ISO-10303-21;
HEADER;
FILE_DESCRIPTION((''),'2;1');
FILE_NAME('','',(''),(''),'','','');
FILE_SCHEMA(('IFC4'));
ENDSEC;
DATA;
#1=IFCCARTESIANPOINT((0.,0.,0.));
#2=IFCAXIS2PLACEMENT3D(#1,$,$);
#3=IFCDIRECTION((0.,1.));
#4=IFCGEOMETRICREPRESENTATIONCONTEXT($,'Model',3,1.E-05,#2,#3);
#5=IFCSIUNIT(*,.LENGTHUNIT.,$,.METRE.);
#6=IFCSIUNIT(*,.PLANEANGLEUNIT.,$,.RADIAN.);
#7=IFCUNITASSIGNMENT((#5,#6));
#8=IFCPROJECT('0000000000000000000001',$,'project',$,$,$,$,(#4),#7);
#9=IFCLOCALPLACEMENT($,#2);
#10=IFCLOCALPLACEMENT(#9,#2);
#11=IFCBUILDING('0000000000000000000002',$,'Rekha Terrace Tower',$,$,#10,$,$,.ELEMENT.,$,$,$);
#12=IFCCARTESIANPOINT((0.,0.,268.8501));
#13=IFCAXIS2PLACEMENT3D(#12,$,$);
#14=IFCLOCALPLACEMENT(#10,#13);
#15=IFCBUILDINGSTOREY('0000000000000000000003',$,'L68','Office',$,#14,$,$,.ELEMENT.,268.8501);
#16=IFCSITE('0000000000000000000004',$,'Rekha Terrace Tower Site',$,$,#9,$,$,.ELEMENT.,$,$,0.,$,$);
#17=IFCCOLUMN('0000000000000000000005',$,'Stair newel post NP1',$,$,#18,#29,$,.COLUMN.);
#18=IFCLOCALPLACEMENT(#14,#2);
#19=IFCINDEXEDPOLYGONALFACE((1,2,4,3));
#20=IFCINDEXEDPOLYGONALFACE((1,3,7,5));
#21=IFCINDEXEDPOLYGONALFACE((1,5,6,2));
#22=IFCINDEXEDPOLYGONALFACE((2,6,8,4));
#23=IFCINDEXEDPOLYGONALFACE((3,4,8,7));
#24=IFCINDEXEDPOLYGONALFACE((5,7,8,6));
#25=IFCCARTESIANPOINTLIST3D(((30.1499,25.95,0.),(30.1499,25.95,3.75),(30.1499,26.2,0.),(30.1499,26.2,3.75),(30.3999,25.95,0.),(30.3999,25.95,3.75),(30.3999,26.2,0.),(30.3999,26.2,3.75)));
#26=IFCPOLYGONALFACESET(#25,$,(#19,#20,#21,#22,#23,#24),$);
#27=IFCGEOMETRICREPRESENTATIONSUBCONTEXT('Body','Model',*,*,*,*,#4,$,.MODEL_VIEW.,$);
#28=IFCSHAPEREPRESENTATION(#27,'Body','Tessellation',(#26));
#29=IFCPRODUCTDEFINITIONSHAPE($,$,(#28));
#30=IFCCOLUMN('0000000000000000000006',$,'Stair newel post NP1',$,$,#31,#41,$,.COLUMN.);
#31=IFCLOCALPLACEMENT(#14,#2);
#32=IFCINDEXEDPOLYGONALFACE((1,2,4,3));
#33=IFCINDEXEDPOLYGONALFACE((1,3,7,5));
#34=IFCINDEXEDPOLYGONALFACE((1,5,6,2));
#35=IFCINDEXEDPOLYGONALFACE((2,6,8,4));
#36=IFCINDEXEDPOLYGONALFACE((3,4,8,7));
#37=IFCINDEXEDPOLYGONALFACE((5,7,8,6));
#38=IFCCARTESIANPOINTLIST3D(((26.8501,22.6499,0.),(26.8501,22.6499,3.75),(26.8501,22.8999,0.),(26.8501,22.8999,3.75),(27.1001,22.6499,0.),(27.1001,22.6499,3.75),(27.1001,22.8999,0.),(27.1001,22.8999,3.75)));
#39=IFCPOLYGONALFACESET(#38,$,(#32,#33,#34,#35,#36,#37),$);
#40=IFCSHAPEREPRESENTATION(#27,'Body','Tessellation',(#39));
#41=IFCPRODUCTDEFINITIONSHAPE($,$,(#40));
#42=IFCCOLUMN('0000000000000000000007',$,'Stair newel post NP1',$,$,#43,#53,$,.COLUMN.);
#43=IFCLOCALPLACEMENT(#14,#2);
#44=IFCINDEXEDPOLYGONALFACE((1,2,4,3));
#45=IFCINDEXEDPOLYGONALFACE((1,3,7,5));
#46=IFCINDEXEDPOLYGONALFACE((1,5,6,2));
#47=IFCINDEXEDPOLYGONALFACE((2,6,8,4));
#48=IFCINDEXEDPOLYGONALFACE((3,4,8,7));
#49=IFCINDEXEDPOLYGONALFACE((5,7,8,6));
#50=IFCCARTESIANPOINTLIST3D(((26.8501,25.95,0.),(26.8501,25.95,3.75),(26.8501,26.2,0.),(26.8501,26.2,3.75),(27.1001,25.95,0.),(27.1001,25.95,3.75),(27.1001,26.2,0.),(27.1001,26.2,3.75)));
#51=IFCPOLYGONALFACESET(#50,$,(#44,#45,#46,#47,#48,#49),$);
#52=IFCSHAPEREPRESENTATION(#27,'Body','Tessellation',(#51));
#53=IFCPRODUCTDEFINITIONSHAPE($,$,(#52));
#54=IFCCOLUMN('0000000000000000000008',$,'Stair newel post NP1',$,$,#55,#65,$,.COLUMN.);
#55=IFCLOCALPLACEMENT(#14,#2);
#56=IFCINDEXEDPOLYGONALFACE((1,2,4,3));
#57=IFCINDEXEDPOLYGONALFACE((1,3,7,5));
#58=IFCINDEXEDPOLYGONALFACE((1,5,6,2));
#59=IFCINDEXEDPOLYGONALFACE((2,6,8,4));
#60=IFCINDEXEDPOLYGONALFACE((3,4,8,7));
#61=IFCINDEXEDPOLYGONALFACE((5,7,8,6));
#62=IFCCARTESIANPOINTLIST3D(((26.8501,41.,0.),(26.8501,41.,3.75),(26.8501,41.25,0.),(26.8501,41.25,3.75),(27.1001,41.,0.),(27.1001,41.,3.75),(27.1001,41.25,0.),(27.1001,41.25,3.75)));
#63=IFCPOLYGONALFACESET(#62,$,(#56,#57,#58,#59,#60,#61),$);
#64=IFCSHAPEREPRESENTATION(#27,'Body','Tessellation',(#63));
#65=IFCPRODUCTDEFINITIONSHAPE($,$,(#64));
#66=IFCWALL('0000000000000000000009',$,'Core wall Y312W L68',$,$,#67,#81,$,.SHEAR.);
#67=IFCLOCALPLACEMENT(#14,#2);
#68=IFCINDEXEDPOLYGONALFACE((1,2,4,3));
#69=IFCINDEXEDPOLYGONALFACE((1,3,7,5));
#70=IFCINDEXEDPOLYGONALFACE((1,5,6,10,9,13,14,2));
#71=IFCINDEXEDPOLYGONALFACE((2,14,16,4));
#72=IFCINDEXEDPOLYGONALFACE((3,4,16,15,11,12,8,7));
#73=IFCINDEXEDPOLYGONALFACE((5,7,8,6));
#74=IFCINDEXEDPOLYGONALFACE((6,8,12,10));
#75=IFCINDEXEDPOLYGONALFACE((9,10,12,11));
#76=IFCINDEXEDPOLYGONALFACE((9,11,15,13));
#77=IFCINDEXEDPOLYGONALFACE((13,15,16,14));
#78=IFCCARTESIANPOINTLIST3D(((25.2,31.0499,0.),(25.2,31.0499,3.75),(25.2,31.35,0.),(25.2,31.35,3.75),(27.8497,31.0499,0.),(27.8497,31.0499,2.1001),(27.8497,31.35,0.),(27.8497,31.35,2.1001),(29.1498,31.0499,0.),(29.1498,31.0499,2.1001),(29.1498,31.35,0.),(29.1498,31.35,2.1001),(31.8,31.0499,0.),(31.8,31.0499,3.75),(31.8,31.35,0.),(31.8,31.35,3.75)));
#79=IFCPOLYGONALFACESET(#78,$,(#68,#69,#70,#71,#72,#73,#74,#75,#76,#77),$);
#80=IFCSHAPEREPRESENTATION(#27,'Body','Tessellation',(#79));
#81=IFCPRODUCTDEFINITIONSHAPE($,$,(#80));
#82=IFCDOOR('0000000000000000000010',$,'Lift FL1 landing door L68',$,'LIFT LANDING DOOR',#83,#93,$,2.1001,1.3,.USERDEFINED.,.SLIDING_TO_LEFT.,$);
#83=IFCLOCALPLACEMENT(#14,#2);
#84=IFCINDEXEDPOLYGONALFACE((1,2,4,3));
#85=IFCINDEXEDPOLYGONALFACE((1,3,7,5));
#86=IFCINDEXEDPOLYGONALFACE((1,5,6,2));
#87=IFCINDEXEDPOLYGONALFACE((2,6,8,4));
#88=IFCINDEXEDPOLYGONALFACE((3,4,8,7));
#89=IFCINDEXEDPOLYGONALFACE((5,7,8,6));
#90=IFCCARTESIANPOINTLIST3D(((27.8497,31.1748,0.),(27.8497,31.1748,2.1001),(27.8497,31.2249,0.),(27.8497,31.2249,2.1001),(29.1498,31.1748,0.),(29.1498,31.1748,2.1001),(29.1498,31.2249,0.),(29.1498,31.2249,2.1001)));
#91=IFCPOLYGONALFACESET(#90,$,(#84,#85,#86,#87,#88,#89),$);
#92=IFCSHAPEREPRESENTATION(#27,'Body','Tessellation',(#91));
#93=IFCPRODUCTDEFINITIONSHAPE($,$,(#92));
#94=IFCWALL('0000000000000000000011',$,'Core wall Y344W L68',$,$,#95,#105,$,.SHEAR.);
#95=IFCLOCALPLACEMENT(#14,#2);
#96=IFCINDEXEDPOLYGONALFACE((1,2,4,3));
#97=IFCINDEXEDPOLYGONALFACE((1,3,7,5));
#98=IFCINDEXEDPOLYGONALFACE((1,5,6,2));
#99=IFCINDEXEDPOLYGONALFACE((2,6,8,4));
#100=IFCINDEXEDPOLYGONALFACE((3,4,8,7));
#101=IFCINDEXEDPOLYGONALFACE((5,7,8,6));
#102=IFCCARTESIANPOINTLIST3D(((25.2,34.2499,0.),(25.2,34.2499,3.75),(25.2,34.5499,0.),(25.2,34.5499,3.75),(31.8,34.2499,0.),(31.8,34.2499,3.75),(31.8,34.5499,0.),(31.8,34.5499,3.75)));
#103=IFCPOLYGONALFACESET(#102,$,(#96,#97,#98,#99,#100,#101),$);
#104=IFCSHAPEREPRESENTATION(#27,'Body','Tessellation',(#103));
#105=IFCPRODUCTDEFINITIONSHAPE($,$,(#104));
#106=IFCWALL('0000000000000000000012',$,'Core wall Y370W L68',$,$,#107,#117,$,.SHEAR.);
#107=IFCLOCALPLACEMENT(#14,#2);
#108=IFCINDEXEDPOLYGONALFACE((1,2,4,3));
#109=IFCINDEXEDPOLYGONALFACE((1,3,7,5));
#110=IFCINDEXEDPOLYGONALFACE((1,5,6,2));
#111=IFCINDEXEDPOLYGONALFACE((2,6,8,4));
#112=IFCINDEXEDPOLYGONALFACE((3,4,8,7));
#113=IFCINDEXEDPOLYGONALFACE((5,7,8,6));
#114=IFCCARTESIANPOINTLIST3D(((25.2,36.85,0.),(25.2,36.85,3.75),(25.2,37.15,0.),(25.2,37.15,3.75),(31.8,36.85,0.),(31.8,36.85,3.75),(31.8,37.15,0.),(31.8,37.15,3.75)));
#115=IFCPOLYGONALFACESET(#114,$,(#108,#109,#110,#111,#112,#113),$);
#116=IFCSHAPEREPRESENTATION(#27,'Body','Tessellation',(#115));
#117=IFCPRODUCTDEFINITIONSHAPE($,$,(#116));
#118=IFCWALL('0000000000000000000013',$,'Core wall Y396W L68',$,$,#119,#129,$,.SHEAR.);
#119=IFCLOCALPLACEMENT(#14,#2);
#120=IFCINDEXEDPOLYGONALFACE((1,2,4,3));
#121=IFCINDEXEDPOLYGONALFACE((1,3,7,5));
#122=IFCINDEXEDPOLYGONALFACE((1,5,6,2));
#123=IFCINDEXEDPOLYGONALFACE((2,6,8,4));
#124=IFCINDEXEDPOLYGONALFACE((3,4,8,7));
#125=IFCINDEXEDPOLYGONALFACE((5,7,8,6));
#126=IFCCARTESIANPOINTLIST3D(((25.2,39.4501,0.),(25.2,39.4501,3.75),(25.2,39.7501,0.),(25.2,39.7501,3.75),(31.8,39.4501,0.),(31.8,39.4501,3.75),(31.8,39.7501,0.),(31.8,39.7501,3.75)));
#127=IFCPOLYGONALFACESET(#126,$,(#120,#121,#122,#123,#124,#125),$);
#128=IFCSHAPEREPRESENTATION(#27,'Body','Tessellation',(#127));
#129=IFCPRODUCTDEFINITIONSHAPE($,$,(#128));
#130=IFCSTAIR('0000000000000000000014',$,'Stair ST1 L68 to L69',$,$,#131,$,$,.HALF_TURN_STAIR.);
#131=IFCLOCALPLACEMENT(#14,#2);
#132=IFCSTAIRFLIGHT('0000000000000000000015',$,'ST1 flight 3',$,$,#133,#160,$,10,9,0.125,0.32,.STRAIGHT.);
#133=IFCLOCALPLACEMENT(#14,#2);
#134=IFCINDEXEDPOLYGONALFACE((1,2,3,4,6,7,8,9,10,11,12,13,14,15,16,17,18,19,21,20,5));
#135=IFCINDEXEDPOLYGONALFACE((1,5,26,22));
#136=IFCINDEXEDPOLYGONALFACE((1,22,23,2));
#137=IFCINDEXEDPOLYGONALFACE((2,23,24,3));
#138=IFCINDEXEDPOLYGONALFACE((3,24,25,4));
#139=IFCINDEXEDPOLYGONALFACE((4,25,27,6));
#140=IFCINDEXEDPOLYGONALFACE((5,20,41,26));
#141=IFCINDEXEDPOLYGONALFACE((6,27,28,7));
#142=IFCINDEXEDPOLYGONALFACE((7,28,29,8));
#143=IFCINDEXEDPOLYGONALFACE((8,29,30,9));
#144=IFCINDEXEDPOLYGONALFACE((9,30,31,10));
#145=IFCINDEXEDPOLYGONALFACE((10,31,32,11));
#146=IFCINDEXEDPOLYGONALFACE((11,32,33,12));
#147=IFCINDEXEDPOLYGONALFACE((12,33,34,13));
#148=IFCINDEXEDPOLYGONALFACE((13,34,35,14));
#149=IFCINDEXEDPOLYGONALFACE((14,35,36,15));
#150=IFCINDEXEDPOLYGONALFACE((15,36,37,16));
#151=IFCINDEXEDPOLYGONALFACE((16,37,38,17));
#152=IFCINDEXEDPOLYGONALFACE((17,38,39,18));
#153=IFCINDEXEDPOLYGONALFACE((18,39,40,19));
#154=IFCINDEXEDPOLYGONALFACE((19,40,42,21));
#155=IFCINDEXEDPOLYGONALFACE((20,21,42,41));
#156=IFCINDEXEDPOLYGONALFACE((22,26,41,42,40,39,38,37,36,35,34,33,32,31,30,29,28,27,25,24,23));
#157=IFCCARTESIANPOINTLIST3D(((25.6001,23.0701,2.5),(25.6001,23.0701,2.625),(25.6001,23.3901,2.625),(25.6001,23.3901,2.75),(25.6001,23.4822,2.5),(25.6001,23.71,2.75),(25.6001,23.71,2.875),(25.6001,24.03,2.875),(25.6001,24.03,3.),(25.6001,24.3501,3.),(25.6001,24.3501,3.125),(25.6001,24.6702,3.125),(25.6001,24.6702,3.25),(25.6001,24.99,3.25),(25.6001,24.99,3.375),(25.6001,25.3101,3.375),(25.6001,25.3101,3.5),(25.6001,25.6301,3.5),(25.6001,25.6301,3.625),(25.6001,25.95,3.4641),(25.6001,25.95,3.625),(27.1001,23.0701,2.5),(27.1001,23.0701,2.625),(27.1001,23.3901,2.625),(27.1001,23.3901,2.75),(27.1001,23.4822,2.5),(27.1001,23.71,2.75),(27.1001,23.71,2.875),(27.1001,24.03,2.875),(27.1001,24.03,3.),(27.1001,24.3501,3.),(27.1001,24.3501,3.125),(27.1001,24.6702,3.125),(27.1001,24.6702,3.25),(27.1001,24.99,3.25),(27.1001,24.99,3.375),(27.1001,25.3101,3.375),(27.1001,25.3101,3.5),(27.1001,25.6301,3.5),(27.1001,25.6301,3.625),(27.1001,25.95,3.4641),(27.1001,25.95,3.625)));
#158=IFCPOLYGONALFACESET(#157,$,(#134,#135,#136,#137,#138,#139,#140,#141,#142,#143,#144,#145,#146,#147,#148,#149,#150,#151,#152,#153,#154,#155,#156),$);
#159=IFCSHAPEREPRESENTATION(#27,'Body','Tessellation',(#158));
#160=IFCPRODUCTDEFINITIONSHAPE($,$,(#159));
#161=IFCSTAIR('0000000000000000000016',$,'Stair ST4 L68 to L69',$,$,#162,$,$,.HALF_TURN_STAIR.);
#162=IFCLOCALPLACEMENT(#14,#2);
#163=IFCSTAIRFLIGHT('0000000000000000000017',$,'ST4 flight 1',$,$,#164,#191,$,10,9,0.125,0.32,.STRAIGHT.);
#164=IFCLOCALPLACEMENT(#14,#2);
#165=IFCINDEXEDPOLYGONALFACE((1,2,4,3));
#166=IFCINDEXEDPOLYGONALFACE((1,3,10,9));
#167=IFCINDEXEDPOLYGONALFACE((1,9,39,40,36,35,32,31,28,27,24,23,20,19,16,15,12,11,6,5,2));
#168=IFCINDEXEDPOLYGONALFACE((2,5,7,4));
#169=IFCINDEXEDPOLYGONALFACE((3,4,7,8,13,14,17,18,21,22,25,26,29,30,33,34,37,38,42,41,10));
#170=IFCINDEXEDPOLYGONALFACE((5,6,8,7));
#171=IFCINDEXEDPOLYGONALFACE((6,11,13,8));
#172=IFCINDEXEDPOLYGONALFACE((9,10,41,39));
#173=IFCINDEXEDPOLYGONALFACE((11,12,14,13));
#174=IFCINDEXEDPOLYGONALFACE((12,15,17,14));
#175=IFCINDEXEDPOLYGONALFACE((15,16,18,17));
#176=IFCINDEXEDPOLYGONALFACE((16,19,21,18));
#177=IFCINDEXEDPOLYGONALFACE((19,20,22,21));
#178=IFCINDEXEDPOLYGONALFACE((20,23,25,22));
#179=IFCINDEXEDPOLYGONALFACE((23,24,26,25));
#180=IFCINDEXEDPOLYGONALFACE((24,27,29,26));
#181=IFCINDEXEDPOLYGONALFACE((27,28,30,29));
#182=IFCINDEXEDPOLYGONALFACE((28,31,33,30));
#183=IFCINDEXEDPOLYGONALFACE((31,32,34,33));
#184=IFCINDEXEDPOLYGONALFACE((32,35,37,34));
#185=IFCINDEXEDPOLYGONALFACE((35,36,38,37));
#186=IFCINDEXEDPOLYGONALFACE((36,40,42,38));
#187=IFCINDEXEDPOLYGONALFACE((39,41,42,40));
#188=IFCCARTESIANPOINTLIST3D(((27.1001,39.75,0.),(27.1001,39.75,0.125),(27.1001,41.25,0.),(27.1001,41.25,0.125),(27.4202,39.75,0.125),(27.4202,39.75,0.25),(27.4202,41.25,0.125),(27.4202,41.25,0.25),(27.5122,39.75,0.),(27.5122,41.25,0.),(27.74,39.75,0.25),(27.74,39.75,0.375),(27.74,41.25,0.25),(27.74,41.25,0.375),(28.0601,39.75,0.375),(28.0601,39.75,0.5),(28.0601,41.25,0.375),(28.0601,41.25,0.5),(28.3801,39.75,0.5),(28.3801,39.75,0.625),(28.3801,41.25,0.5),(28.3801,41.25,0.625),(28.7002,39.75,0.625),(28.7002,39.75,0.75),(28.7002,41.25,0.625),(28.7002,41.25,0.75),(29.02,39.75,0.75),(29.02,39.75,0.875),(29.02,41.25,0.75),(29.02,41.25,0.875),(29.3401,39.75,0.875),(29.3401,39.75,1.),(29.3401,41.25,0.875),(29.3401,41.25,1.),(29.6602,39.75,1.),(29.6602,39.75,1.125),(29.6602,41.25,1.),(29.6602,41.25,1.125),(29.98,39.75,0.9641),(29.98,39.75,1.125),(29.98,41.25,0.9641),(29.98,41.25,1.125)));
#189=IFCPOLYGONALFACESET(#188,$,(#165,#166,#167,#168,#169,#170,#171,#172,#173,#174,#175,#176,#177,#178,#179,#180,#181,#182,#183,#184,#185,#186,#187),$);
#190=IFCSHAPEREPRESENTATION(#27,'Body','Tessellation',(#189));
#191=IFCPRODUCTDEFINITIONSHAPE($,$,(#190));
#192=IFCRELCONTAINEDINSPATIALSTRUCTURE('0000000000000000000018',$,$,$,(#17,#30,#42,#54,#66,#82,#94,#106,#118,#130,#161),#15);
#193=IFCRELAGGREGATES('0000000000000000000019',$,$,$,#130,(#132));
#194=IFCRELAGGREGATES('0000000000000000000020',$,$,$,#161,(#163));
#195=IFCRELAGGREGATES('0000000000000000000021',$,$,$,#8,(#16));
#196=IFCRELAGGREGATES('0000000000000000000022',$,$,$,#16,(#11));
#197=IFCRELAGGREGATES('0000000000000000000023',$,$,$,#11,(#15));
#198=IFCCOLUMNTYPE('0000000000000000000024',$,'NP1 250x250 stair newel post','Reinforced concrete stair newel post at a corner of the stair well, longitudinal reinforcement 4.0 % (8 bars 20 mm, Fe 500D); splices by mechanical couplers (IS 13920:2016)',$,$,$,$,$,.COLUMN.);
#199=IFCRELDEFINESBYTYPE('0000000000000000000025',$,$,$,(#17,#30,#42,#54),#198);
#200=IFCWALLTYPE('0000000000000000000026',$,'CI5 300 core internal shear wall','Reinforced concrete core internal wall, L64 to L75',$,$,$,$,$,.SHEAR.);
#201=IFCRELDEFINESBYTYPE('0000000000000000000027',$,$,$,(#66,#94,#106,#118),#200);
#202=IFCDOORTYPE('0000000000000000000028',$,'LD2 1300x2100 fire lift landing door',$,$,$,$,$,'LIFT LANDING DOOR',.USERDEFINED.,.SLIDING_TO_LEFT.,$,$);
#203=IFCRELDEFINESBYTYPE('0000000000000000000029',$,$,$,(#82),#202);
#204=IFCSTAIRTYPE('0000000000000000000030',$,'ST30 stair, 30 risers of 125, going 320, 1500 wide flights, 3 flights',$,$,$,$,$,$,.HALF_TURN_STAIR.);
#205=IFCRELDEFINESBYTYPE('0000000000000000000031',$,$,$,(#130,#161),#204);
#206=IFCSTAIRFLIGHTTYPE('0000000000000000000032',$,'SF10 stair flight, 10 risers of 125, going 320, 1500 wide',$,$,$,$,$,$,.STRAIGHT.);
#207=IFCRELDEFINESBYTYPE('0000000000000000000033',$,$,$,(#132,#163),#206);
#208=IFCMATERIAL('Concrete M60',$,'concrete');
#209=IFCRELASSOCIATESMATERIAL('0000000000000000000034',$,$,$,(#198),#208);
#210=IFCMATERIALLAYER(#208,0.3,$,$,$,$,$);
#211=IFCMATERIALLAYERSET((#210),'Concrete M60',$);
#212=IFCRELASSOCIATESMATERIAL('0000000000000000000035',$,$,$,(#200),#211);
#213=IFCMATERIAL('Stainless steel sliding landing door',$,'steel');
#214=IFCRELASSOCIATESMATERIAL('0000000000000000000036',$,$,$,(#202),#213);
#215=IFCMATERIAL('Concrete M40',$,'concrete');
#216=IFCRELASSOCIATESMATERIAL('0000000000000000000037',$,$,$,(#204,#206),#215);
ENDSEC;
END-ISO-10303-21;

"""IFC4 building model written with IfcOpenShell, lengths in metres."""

from ifc_helpers import new_model, si_unit, direction, frame, frame_2d, origin, origin_2d, place, context, subcontext, project, spatial, polyline, rectangle, outline, extrude, material, layer, layer_set, material_profile, profile_set, type_object, element, fill, aggregate, save


model = new_model("IFC4")

# Units and contexts
model_context = context("Model", 3, precision=1e-05, world=origin(), true_north=direction((0.0, 1.0)))
body_context = subcontext(model_context, "Body", "Model", "MODEL_VIEW")
ifc_project = project(units=[si_unit("LENGTHUNIT", "METRE"), si_unit("PLANEANGLEUNIT", "RADIAN")], contexts=[model_context])

# Site, building, storey
site_placement = place(None, origin())
site = spatial("IfcSite", under=ifc_project, at=site_placement, Name="Rekha Terrace Tower Site", CompositionType="ELEMENT", RefElevation=0.0)
building_placement = place(site_placement, origin())
building = spatial("IfcBuilding", under=site, at=building_placement, Name="Rekha Terrace Tower", CompositionType="ELEMENT")
storey_placement = place(building_placement, frame((0.0, 0.0, 268.8501)))
storey = spatial("IfcBuildingStorey", under=building, at=storey_placement, Name="L68", Description="Office", CompositionType="ELEMENT", Elevation=268.8501)

# Columns
ifc_material_1 = material(Name="Concrete M60", Category="concrete")
ifc_material_profile = material_profile(ifc_material_1, rectangle(XDim=0.25, YDim=0.25, at=origin_2d()), Name="RC 250x250")
ifc_profile_set = profile_set([ifc_material_profile], Name="Concrete M60")
column_type = type_object("IfcColumnType", Name="NP1 250x250 stair newel post", Description="Reinforced concrete stair newel post at a corner of the stair well, longitudinal reinforcement 4.0 % (8 bars 20 mm, Fe 500D); splices by mechanical couplers (IS 13920:2016)", PredefinedType="COLUMN", material=ifc_profile_set)
for number, where, z_axis, x_axis, name in (
    (1, (30.2749, 26.075, 0.0), (0.0, 0.0, 1.0), (1.0, 0.0, 0.0), "Stair newel post NP1"),
    (2, (26.9751, 22.7749, 0.0), (0.0, 0.0, 1.0), (1.0, 0.0, 0.0), "Stair newel post NP1"),
    (3, (26.9751, 26.075, 0.0), (0.0, 0.0, 1.0), (1.0, 0.0, 0.0), "Stair newel post NP1"),
    (4, (26.9751, 41.125, 0.0), (0.0, 0.0, 1.0), (1.0, 0.0, 0.0), "Stair newel post NP1"),
):
    element("IfcColumn", number, at=place(storey_placement, frame(where, z_axis=z_axis, x_axis=x_axis)), inside=storey, type_object=column_type, Name=name, PredefinedType="COLUMN", context=body_context, shape_type="SweptSolid", body=[
        extrude(rectangle(XDim=0.25, YDim=0.25, at=origin_2d()), origin(), (0.0, 0.0, 1.0), 3.75),
    ])

# Wall, opening, door
ifc_layer = layer(ifc_material_1, 0.3)
ifc_layer_set = layer_set([ifc_layer], Name="Concrete M60")
wall_type = type_object("IfcWallType", Name="CI5 300 core internal shear wall", Description="Reinforced concrete core internal wall, L64 to L75", PredefinedType="SHEAR", material=ifc_layer_set)
wall_placement = place(storey_placement, frame((25.2, 31.2, 0.0), z_axis=(0.0, 0.0, 1.0), x_axis=(1.0, 0.0, 0.0)))
wall = element("IfcWall", 5, at=wall_placement, inside=storey, type_object=wall_type, Name="Core wall Y312W L68", PredefinedType="SHEAR", context=body_context, shape_type="SweptSolid", body=[
    extrude(rectangle(XDim=6.6001, YDim=0.3, at=frame_2d((3.3, 0.0))), origin(), (0.0, 0.0, 1.0), 3.75),
])
opening_placement = place(wall_placement, frame((2.6499, 0.0, 0.0)))
opening = element("IfcOpeningElement", 6, at=opening_placement, cuts=wall, PredefinedType="OPENING", context=body_context, shape_type="SweptSolid", body=[
    extrude(rectangle(XDim=1.3, YDim=2.1001, at=frame_2d((0.6499, 1.05))), frame((0.0, 0.1599, 0.0), z_axis=(0.0, -1.0, 0.0), x_axis=(1.0, 0.0, 0.0)), (0.0, 0.0, 1.0), 0.3201),
])
ifc_material_2 = material(Name="Stainless steel sliding landing door", Category="steel")
door_type = type_object("IfcDoorType", Name="LD2 1300x2100 fire lift landing door", ElementType="LIFT LANDING DOOR", OperationType="SLIDING_TO_LEFT", PredefinedType="USERDEFINED", material=ifc_material_2)
door_placement = place(opening_placement, origin())
door = element("IfcDoor", 7, at=door_placement, inside=storey, type_object=door_type, Name="Lift FL1 landing door L68", ObjectType="LIFT LANDING DOOR", OperationType="SLIDING_TO_LEFT", OverallHeight=2.1001, OverallWidth=1.3, PredefinedType="USERDEFINED", context=body_context, shape_type="SweptSolid", body=[
    extrude(rectangle(XDim=1.3, YDim=2.1001, at=frame_2d((0.6499, 1.05))), frame((0.0, 0.0249, 0.0), z_axis=(0.0, -1.0, 0.0), x_axis=(1.0, 0.0, 0.0)), (0.0, 0.0, 1.0), 0.05),
])
fill(opening, door)

# Walls
for number, where, z_axis, x_axis, name in (
    (8, (25.2, 34.3999, 0.0), (0.0, 0.0, 1.0), (1.0, 0.0, 0.0), "Core wall Y344W L68"),
    (9, (25.2, 37.0, 0.0), (0.0, 0.0, 1.0), (1.0, 0.0, 0.0), "Core wall Y370W L68"),
    (10, (25.2, 39.6001, 0.0), (0.0, 0.0, 1.0), (1.0, 0.0, 0.0), "Core wall Y396W L68"),
):
    element("IfcWall", number, at=place(storey_placement, frame(where, z_axis=z_axis, x_axis=x_axis)), inside=storey, type_object=wall_type, Name=name, PredefinedType="SHEAR", context=body_context, shape_type="SweptSolid", body=[
        extrude(rectangle(XDim=6.6001, YDim=0.3, at=frame_2d((3.3, 0.0))), origin(), (0.0, 0.0, 1.0), 3.75),
    ])

# Stairs, stair flights
ifc_material_3 = material(Name="Concrete M40", Category="concrete")
stair_type = type_object("IfcStairType", Name="ST30 stair, 30 risers of 125, going 320, 1500 wide flights, 3 flights", PredefinedType="HALF_TURN_STAIR", material=ifc_material_3)
stair_1_placement = place(storey_placement, origin())
stair_1 = element("IfcStair", 11, at=stair_1_placement, inside=storey, type_object=stair_type, Name="Stair ST1 L68 to L69", PredefinedType="HALF_TURN_STAIR")
stair_flight_type = type_object("IfcStairFlightType", Name="SF10 stair flight, 10 risers of 125, going 320, 1500 wide", PredefinedType="STRAIGHT", material=ifc_material_3)
stair_flight_1_placement = place(storey_placement, frame((26.3501, 23.0701, 2.5), z_axis=(0.0, 0.0, 1.0), x_axis=(0.0, 1.0, 0.0)))
stair_flight_1 = element("IfcStairFlight", 12, at=stair_flight_1_placement, type_object=stair_flight_type, Name="ST1 flight 3", NumberOfRisers=10, NumberOfTreads=9, PredefinedType="STRAIGHT", RiserHeight=0.125, TreadLength=0.32, context=body_context, shape_type="SweptSolid", body=[
    extrude(outline(polyline([(0.0, 0.0), (0.0, 0.125), (0.3201, 0.125), (0.3201, 0.25), (0.6399, 0.25), (0.6399, 0.375), (0.96, 0.375), (0.96, 0.5), (1.28, 0.5), (1.28, 0.625), (1.6001, 0.625), (1.6001, 0.75), (1.9199, 0.75), (1.9199, 0.875), (2.24, 0.875), (2.24, 1.0), (2.5601, 1.0), (2.5601, 1.125), (2.8799, 1.125), (2.8799, 1.25), (2.8799, 0.9641), (0.4121, 0.0), (0.0, 0.0)])), frame((0.0, 0.75, 0.0), z_axis=(0.0, -1.0, 0.0), x_axis=(1.0, 0.0, 0.0)), (0.0, 0.0, 1.0), 1.5),
])
aggregate(stair_1, [stair_flight_1])
stair_2_placement = place(storey_placement, origin())
stair_2 = element("IfcStair", 13, at=stair_2_placement, inside=storey, type_object=stair_type, Name="Stair ST4 L68 to L69", PredefinedType="HALF_TURN_STAIR")
stair_flight_2_placement = place(storey_placement, frame((27.1001, 40.5, 0.0), z_axis=(0.0, 0.0, 1.0), x_axis=(1.0, 0.0, 0.0)))
stair_flight_2 = element("IfcStairFlight", 14, at=stair_flight_2_placement, type_object=stair_flight_type, Name="ST4 flight 1", NumberOfRisers=10, NumberOfTreads=9, PredefinedType="STRAIGHT", RiserHeight=0.125, TreadLength=0.32, context=body_context, shape_type="SweptSolid", body=[
    extrude(outline(polyline([(0.0, 0.0), (0.0, 0.125), (0.3201, 0.125), (0.3201, 0.25), (0.6399, 0.25), (0.6399, 0.375), (0.96, 0.375), (0.96, 0.5), (1.28, 0.5), (1.28, 0.625), (1.6001, 0.625), (1.6001, 0.75), (1.9199, 0.75), (1.9199, 0.875), (2.24, 0.875), (2.24, 1.0), (2.5601, 1.0), (2.5601, 1.125), (2.8799, 1.125), (2.8799, 1.25), (2.8799, 0.9641), (0.4121, 0.0), (0.0, 0.0)])), frame((0.0, 0.75, 0.0), z_axis=(0.0, -1.0, 0.0), x_axis=(1.0, 0.0, 0.0)), (0.0, 0.0, 1.0), 1.5),
])
aggregate(stair_2, [stair_flight_2])

save(model, "model.ifc")
